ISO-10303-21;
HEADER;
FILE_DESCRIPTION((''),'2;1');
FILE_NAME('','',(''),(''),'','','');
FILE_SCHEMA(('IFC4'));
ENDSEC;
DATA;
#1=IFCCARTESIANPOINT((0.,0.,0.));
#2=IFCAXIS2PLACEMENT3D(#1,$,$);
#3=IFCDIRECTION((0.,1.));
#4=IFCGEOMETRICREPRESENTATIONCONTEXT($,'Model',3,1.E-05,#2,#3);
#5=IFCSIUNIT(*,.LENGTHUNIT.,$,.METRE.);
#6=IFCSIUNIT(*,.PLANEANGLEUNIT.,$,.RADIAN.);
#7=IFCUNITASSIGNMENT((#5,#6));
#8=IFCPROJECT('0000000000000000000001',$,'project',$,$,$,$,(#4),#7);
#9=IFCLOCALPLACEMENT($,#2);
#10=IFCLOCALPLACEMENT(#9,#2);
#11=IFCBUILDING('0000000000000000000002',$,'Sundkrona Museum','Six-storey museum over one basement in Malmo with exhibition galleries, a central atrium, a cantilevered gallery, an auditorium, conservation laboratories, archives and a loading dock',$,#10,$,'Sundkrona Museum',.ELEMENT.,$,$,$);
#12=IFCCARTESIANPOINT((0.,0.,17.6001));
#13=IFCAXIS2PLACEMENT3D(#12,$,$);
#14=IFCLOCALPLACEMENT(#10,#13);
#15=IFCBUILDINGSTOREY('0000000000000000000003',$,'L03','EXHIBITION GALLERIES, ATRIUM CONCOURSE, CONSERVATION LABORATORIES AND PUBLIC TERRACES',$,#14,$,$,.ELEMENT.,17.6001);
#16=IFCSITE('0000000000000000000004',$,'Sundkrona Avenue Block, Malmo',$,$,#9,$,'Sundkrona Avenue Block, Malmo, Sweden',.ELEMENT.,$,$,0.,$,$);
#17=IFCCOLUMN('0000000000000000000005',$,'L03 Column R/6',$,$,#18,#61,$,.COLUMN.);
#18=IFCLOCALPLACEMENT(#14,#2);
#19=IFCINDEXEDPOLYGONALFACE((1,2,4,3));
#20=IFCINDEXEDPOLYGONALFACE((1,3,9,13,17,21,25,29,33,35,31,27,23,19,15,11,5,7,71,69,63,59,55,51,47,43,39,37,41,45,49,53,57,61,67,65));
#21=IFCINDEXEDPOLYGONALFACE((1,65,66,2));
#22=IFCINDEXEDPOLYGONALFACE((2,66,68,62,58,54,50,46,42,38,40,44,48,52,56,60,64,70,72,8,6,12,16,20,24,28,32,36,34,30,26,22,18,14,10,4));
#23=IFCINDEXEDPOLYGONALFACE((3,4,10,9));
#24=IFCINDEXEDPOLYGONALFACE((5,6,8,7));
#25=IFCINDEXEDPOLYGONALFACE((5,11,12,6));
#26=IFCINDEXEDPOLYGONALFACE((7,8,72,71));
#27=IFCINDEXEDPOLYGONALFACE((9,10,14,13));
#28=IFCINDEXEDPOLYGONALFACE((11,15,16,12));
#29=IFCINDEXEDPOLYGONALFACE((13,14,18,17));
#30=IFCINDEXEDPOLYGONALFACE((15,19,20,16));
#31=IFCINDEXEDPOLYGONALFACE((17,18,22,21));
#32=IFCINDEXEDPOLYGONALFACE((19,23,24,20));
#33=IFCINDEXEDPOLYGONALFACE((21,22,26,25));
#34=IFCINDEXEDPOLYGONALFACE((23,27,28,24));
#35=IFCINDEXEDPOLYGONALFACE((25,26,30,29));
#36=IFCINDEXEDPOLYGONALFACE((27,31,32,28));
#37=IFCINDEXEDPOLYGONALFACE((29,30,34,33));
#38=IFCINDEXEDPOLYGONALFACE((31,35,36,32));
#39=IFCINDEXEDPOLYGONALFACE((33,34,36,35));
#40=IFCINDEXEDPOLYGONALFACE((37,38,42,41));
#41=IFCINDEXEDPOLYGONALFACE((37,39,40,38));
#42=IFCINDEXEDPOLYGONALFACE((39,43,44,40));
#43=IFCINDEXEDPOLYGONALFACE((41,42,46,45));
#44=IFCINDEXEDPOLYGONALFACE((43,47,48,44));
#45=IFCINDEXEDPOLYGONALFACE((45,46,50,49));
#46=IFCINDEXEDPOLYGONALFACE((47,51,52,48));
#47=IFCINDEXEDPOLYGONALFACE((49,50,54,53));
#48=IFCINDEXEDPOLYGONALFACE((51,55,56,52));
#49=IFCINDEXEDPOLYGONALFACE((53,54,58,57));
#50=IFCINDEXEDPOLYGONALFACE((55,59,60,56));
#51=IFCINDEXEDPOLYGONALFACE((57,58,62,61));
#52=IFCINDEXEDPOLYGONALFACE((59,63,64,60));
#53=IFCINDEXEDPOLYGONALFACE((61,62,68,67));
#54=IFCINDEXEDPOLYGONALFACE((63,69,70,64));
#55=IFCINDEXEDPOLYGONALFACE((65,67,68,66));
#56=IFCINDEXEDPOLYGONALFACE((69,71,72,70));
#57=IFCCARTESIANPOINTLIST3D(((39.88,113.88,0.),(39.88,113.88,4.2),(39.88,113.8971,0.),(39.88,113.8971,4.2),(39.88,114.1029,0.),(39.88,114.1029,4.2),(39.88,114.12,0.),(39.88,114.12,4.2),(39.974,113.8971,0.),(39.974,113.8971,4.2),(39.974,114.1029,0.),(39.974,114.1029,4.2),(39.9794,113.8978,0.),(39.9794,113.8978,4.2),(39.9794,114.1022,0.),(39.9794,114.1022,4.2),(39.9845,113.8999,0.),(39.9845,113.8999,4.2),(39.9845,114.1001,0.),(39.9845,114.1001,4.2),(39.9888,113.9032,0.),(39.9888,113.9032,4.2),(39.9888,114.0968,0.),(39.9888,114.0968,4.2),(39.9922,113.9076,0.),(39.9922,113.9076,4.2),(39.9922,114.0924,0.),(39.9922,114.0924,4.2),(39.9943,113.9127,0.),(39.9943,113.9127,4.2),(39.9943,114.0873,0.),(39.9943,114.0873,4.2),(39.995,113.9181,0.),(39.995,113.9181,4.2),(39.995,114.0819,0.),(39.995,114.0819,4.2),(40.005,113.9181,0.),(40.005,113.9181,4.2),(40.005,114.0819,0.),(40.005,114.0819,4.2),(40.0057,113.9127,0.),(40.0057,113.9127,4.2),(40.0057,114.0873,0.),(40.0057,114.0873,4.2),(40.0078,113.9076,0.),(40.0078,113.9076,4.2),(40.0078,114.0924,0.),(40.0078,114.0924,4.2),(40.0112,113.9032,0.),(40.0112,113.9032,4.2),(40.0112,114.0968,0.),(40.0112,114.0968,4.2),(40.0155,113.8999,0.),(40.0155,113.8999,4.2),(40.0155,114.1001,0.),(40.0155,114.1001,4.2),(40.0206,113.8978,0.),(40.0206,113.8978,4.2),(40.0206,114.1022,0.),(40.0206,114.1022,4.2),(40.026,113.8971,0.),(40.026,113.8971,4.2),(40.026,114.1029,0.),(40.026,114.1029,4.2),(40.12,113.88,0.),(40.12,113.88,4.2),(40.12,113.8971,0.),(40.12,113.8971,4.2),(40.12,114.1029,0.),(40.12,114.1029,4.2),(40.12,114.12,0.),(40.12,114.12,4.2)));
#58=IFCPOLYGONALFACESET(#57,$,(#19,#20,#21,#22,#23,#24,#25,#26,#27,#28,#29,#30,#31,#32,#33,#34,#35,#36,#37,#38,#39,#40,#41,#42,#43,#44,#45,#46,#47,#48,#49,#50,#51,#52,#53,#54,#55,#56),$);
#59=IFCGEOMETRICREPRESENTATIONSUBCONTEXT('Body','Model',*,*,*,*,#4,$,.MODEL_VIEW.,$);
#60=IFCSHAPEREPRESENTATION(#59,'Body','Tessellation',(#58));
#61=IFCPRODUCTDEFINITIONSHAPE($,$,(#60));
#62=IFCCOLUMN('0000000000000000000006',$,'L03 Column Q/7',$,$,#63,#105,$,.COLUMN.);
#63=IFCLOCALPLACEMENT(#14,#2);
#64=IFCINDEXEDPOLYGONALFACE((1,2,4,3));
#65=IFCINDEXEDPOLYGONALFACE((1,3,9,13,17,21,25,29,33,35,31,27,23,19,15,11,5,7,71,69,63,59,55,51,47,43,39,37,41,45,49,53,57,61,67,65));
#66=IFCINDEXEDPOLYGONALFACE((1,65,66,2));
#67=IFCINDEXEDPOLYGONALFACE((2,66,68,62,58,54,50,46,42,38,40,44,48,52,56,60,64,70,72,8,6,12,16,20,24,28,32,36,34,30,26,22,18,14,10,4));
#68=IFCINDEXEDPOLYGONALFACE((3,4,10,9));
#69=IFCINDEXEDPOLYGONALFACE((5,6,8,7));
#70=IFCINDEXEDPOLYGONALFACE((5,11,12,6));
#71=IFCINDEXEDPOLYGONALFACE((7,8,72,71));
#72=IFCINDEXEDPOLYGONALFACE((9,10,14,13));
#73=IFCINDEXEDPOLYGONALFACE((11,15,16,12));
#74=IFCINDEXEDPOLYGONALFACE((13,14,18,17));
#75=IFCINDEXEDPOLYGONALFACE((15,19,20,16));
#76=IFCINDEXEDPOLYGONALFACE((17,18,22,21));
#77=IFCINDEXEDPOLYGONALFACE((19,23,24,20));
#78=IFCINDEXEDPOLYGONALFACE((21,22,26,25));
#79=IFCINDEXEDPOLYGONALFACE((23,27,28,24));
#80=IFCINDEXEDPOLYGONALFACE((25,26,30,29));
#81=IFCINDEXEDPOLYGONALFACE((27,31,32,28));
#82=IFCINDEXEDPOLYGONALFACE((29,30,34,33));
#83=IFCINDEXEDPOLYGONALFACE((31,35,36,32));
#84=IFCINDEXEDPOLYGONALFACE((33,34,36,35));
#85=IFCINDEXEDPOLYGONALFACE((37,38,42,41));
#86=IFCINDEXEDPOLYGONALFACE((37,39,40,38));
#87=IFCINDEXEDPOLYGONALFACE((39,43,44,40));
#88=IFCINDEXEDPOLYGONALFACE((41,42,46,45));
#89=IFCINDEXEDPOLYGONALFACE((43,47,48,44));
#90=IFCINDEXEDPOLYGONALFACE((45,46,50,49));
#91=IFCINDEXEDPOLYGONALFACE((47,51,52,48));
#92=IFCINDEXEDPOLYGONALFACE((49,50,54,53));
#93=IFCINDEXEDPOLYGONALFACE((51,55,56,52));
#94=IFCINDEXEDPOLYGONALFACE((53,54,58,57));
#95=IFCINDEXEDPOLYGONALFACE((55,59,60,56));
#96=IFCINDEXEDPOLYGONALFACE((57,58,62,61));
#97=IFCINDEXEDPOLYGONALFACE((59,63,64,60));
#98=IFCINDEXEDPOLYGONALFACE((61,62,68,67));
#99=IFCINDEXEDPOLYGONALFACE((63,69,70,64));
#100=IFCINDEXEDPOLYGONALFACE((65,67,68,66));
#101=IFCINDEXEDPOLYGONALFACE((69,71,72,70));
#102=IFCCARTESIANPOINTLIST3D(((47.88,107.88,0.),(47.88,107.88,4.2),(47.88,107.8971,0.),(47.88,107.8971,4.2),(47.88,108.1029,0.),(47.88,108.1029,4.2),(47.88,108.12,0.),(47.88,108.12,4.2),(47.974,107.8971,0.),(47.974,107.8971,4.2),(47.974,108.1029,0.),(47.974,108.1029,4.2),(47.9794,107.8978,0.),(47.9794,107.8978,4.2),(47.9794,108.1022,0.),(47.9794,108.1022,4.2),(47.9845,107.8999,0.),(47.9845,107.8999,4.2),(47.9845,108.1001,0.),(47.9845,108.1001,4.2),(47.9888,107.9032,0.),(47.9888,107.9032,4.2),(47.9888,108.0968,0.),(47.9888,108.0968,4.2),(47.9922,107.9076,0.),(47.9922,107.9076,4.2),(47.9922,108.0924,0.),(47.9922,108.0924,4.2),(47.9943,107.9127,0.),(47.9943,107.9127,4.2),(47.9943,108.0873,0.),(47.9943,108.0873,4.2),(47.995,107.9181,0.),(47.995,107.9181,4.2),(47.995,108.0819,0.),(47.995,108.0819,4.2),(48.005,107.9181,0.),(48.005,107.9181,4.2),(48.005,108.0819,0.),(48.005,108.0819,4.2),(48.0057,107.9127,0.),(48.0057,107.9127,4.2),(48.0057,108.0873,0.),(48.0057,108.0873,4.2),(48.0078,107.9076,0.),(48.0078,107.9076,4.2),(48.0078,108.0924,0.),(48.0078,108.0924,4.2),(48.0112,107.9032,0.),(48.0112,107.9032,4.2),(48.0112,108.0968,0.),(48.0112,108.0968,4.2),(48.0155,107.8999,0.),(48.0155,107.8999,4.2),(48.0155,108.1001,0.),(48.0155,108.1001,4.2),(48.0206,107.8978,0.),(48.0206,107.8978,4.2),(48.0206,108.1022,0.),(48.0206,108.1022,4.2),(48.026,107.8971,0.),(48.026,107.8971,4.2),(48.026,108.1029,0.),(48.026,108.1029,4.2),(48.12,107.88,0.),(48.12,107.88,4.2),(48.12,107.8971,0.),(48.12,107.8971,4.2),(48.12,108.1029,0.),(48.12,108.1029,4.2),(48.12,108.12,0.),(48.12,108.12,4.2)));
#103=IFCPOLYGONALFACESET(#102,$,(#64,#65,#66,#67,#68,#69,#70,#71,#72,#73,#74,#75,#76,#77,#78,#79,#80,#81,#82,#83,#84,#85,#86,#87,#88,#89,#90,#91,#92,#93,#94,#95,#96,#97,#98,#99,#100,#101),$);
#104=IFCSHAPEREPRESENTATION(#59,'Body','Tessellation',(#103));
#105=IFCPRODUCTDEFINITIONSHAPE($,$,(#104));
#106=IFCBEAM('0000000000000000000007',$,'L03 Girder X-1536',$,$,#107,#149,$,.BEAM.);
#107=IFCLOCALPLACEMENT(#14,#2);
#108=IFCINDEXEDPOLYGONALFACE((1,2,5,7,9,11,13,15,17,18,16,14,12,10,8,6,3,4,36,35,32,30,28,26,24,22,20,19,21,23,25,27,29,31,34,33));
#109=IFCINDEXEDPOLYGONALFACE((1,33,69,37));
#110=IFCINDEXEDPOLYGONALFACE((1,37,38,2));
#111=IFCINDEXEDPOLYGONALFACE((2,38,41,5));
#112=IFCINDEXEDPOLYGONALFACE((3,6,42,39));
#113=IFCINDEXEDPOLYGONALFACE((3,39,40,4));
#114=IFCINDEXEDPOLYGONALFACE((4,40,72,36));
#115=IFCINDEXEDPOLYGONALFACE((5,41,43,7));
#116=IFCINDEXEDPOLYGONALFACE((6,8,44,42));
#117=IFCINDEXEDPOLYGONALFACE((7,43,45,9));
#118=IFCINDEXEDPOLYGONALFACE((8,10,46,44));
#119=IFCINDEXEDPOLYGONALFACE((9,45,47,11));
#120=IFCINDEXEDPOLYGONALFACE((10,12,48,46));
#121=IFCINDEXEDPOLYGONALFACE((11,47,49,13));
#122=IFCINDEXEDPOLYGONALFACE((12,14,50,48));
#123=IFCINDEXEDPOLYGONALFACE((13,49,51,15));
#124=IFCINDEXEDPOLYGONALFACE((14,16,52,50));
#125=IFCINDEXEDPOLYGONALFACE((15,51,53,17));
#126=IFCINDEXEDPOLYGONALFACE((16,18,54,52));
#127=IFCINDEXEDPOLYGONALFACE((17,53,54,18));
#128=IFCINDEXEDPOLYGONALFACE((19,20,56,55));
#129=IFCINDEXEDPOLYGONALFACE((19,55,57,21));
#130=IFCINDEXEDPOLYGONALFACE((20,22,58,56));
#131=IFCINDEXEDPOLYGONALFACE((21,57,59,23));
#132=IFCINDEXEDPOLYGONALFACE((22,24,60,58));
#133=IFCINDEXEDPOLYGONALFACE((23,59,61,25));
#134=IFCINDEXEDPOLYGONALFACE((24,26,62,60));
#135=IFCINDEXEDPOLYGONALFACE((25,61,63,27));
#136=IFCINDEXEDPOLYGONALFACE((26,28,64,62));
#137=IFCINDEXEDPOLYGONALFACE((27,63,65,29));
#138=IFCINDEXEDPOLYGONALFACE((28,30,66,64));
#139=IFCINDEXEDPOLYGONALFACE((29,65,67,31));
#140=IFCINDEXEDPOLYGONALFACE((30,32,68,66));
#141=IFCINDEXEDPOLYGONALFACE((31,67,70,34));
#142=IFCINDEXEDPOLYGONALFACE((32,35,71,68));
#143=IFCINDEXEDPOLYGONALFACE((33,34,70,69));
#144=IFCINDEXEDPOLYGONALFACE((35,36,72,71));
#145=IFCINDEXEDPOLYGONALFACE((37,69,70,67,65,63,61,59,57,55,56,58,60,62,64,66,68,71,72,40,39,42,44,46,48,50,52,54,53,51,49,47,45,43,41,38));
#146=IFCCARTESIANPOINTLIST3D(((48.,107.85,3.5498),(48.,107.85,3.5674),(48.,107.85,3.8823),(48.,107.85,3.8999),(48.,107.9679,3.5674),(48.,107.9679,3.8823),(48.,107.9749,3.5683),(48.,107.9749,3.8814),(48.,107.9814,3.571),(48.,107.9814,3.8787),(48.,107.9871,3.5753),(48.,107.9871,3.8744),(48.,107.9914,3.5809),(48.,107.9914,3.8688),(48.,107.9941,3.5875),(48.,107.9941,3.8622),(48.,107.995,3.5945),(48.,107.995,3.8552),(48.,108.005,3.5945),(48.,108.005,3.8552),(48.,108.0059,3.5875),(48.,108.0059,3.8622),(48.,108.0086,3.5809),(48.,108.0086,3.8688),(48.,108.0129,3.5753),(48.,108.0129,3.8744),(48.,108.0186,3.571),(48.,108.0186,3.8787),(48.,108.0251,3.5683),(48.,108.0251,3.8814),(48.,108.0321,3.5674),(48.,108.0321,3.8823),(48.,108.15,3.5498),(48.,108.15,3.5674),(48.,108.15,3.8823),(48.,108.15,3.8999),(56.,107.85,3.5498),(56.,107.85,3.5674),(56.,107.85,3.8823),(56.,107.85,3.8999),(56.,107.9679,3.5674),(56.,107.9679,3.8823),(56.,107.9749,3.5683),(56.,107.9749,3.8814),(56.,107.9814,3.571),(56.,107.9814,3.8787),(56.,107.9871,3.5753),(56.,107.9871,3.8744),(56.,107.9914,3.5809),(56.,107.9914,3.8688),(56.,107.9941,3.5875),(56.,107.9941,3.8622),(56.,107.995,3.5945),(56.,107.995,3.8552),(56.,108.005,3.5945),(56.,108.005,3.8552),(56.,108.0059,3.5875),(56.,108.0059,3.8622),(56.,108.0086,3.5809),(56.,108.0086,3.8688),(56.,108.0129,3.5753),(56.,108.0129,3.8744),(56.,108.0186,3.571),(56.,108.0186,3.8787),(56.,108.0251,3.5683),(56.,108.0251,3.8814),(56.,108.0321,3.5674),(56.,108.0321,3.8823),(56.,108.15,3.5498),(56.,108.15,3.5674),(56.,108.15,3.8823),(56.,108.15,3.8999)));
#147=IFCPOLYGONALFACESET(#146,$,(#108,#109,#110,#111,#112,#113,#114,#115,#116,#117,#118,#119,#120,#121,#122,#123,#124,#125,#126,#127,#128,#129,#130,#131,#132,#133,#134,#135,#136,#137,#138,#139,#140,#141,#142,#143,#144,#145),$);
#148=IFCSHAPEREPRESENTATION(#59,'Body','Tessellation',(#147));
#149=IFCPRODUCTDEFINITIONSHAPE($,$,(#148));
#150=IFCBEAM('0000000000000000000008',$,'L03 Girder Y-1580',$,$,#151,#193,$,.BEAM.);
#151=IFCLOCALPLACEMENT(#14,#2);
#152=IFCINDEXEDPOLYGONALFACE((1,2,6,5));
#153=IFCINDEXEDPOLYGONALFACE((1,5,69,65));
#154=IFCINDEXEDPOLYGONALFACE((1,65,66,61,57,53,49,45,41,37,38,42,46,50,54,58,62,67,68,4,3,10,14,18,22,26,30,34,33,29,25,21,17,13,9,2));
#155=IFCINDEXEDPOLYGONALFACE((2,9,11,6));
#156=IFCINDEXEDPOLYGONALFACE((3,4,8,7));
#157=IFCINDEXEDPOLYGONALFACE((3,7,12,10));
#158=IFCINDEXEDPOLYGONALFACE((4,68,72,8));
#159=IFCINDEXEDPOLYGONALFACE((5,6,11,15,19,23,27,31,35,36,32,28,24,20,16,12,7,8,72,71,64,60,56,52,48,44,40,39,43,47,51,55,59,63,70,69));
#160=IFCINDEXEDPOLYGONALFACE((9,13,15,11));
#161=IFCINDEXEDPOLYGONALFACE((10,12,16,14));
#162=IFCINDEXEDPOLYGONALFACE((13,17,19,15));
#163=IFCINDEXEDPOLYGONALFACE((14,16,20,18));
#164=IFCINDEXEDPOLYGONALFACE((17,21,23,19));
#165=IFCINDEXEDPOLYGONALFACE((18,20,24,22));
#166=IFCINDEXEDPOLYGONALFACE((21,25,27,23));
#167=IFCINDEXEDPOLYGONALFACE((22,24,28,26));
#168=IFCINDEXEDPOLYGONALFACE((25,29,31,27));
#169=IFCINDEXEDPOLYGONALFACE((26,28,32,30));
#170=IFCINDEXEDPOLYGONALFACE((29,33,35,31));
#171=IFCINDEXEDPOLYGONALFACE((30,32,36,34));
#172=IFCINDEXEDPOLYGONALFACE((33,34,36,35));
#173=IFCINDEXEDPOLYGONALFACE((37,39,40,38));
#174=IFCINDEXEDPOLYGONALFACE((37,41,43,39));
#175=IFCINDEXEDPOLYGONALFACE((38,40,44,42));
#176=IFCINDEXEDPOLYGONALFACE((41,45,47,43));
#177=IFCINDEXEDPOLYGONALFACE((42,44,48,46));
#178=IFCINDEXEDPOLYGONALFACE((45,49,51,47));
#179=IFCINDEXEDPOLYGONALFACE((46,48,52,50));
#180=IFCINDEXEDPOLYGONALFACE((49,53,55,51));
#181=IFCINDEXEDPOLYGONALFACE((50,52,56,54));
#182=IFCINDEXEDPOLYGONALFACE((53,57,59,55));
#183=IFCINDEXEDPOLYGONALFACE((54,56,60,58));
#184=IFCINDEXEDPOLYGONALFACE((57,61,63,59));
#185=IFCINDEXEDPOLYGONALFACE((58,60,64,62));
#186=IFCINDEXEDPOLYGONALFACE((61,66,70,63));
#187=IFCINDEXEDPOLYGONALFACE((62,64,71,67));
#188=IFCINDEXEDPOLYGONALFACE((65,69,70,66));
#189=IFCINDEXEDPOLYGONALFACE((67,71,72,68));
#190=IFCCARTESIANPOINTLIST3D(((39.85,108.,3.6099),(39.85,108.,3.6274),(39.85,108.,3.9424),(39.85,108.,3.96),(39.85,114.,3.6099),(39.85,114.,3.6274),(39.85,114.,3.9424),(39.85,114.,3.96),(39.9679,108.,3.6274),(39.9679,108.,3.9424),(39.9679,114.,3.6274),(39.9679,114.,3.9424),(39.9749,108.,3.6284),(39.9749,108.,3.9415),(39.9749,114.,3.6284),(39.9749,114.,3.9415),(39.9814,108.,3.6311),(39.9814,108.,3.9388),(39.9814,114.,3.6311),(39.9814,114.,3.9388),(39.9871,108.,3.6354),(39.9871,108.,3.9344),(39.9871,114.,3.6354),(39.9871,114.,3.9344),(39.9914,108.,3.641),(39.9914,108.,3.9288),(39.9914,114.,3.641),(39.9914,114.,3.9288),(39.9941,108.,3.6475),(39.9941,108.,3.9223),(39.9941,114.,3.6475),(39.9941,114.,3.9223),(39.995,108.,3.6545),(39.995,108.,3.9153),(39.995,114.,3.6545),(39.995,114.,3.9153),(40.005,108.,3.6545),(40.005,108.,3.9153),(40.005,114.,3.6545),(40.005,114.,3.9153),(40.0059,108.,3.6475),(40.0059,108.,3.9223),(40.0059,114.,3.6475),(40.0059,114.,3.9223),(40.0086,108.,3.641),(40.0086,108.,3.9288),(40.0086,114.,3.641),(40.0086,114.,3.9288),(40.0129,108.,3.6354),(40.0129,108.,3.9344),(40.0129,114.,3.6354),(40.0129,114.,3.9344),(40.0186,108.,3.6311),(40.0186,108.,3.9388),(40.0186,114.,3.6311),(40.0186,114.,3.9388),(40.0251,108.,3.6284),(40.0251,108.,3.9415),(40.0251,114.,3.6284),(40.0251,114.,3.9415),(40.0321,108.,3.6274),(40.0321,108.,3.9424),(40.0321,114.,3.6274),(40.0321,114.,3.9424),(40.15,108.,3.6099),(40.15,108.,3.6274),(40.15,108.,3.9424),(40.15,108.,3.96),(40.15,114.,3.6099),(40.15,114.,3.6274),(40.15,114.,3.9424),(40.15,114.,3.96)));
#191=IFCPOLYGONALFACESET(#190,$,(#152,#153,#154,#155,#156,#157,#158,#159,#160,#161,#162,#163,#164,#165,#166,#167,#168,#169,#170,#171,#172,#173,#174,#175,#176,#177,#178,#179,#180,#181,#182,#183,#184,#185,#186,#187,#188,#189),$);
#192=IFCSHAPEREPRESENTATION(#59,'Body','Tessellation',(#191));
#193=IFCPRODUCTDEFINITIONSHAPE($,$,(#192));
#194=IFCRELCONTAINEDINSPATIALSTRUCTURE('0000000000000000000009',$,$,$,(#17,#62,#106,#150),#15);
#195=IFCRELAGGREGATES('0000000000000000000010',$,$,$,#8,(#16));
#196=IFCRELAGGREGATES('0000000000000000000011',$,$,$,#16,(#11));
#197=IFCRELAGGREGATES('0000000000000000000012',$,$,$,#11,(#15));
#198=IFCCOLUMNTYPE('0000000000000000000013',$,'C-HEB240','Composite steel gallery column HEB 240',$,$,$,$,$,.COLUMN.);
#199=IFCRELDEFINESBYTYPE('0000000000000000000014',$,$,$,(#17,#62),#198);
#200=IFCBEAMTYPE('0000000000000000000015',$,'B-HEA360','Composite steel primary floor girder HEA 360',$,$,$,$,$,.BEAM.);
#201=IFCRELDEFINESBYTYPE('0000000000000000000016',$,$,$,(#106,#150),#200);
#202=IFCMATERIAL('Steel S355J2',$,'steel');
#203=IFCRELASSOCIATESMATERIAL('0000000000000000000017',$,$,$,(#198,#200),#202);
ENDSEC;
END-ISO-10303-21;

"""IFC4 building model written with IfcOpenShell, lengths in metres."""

from ifc_helpers import new_model, si_unit, direction, frame, origin, origin_2d, place, context, subcontext, project, spatial, i_section, extrude, material, material_profile, profile_set, type_object, element, save


model = new_model("IFC4")

# Units and contexts
model_context = context("Model", 3, precision=1e-05, world=origin(), true_north=direction((0.0, 1.0)))
body_context = subcontext(model_context, "Body", "Model", "MODEL_VIEW")
ifc_project = project(units=[si_unit("LENGTHUNIT", "METRE"), si_unit("PLANEANGLEUNIT", "RADIAN")], contexts=[model_context])

# Site, building, storey
site_placement = place(None, origin())
site = spatial("IfcSite", under=ifc_project, at=site_placement, Name="Sundkrona Avenue Block, Malmo", LongName="Sundkrona Avenue Block, Malmo, Sweden", CompositionType="ELEMENT", RefElevation=0.0)
building_placement = place(site_placement, origin())
building = spatial("IfcBuilding", under=site, at=building_placement, Name="Sundkrona Museum", Description="Six-storey museum over one basement in Malmo with exhibition galleries, a central atrium, a cantilevered gallery, an auditorium, conservation laboratories, archives and a loading dock", LongName="Sundkrona Museum", CompositionType="ELEMENT")
storey_placement = place(building_placement, frame((0.0, 0.0, 17.6001)))
storey = spatial("IfcBuildingStorey", under=building, at=storey_placement, Name="L03", Description="EXHIBITION GALLERIES, ATRIUM CONCOURSE, CONSERVATION LABORATORIES AND PUBLIC TERRACES", CompositionType="ELEMENT", Elevation=17.6001)

# Columns
ifc_material_1 = material(Name="Steel S355J2", Category="steel")
ifc_material_profile_1 = material_profile(ifc_material_1, i_section(OverallWidth=0.24, OverallDepth=0.24, WebThickness=0.01, FlangeThickness=0.0171, FilletRadius=0.021, at=origin_2d()), Name="HEB 240")
ifc_profile_set_1 = profile_set([ifc_material_profile_1], Name="Steel S355J2")
column_type = type_object("IfcColumnType", Name="C-HEB240", Description="Composite steel gallery column HEB 240", PredefinedType="COLUMN", material=ifc_profile_set_1)
for number, where, z_axis, x_axis, name in (
    (1, (40.0, 114.0, 0.0), (0.0, 0.0, 1.0), (1.0, 0.0, 0.0), "L03 Column R/6"),
    (2, (48.0, 108.0, 0.0), (0.0, 0.0, 1.0), (1.0, 0.0, 0.0), "L03 Column Q/7"),
):
    element("IfcColumn", number, at=place(storey_placement, frame(where, z_axis=z_axis, x_axis=x_axis)), inside=storey, type_object=column_type, Name=name, PredefinedType="COLUMN", context=body_context, shape_type="SweptSolid", body=[
        extrude(i_section(OverallWidth=0.24, OverallDepth=0.24, WebThickness=0.01, FlangeThickness=0.0171, FilletRadius=0.021, at=origin_2d()), origin(), (0.0, 0.0, 1.0), 4.2),
    ])

# Beams
ifc_material_profile_2 = material_profile(ifc_material_1, i_section(OverallWidth=0.3, OverallDepth=0.3501, WebThickness=0.01, FlangeThickness=0.0176, FilletRadius=0.0271, at=origin_2d()), Name="HEA 360")
ifc_profile_set_2 = profile_set([ifc_material_profile_2], Name="Steel S355J2")
beam_type_1 = type_object("IfcBeamType", Name="B-HEA360", Description="Composite steel primary floor girder HEA 360", PredefinedType="BEAM", material=ifc_profile_set_2)
beam_1_placement = place(storey_placement, frame((48.0, 108.0, 3.7249), z_axis=(1.0, 0.0, 0.0), x_axis=(0.0, 1.0, 0.0)))
element("IfcBeam", 3, at=beam_1_placement, inside=storey, type_object=beam_type_1, Name="L03 Girder X-1536", PredefinedType="BEAM", context=body_context, shape_type="SweptSolid", body=[
    extrude(i_section(OverallWidth=0.3, OverallDepth=0.3501, WebThickness=0.01, FlangeThickness=0.0176, FilletRadius=0.0271, at=origin_2d()), origin(), (0.0, 0.0, 1.0), 8.0),
])
beam_2_placement = place(storey_placement, frame((40.0, 108.0, 3.7849), z_axis=(0.0, 1.0, 0.0), x_axis=(-1.0, 0.0, 0.0)))
element("IfcBeam", 4, at=beam_2_placement, inside=storey, type_object=beam_type_1, Name="L03 Girder Y-1580", PredefinedType="BEAM", context=body_context, shape_type="SweptSolid", body=[
    extrude(i_section(OverallWidth=0.3, OverallDepth=0.3501, WebThickness=0.01, FlangeThickness=0.0176, FilletRadius=0.0271, at=origin_2d()), origin(), (0.0, 0.0, 1.0), 6.0),
])

save(model, "model.ifc")
